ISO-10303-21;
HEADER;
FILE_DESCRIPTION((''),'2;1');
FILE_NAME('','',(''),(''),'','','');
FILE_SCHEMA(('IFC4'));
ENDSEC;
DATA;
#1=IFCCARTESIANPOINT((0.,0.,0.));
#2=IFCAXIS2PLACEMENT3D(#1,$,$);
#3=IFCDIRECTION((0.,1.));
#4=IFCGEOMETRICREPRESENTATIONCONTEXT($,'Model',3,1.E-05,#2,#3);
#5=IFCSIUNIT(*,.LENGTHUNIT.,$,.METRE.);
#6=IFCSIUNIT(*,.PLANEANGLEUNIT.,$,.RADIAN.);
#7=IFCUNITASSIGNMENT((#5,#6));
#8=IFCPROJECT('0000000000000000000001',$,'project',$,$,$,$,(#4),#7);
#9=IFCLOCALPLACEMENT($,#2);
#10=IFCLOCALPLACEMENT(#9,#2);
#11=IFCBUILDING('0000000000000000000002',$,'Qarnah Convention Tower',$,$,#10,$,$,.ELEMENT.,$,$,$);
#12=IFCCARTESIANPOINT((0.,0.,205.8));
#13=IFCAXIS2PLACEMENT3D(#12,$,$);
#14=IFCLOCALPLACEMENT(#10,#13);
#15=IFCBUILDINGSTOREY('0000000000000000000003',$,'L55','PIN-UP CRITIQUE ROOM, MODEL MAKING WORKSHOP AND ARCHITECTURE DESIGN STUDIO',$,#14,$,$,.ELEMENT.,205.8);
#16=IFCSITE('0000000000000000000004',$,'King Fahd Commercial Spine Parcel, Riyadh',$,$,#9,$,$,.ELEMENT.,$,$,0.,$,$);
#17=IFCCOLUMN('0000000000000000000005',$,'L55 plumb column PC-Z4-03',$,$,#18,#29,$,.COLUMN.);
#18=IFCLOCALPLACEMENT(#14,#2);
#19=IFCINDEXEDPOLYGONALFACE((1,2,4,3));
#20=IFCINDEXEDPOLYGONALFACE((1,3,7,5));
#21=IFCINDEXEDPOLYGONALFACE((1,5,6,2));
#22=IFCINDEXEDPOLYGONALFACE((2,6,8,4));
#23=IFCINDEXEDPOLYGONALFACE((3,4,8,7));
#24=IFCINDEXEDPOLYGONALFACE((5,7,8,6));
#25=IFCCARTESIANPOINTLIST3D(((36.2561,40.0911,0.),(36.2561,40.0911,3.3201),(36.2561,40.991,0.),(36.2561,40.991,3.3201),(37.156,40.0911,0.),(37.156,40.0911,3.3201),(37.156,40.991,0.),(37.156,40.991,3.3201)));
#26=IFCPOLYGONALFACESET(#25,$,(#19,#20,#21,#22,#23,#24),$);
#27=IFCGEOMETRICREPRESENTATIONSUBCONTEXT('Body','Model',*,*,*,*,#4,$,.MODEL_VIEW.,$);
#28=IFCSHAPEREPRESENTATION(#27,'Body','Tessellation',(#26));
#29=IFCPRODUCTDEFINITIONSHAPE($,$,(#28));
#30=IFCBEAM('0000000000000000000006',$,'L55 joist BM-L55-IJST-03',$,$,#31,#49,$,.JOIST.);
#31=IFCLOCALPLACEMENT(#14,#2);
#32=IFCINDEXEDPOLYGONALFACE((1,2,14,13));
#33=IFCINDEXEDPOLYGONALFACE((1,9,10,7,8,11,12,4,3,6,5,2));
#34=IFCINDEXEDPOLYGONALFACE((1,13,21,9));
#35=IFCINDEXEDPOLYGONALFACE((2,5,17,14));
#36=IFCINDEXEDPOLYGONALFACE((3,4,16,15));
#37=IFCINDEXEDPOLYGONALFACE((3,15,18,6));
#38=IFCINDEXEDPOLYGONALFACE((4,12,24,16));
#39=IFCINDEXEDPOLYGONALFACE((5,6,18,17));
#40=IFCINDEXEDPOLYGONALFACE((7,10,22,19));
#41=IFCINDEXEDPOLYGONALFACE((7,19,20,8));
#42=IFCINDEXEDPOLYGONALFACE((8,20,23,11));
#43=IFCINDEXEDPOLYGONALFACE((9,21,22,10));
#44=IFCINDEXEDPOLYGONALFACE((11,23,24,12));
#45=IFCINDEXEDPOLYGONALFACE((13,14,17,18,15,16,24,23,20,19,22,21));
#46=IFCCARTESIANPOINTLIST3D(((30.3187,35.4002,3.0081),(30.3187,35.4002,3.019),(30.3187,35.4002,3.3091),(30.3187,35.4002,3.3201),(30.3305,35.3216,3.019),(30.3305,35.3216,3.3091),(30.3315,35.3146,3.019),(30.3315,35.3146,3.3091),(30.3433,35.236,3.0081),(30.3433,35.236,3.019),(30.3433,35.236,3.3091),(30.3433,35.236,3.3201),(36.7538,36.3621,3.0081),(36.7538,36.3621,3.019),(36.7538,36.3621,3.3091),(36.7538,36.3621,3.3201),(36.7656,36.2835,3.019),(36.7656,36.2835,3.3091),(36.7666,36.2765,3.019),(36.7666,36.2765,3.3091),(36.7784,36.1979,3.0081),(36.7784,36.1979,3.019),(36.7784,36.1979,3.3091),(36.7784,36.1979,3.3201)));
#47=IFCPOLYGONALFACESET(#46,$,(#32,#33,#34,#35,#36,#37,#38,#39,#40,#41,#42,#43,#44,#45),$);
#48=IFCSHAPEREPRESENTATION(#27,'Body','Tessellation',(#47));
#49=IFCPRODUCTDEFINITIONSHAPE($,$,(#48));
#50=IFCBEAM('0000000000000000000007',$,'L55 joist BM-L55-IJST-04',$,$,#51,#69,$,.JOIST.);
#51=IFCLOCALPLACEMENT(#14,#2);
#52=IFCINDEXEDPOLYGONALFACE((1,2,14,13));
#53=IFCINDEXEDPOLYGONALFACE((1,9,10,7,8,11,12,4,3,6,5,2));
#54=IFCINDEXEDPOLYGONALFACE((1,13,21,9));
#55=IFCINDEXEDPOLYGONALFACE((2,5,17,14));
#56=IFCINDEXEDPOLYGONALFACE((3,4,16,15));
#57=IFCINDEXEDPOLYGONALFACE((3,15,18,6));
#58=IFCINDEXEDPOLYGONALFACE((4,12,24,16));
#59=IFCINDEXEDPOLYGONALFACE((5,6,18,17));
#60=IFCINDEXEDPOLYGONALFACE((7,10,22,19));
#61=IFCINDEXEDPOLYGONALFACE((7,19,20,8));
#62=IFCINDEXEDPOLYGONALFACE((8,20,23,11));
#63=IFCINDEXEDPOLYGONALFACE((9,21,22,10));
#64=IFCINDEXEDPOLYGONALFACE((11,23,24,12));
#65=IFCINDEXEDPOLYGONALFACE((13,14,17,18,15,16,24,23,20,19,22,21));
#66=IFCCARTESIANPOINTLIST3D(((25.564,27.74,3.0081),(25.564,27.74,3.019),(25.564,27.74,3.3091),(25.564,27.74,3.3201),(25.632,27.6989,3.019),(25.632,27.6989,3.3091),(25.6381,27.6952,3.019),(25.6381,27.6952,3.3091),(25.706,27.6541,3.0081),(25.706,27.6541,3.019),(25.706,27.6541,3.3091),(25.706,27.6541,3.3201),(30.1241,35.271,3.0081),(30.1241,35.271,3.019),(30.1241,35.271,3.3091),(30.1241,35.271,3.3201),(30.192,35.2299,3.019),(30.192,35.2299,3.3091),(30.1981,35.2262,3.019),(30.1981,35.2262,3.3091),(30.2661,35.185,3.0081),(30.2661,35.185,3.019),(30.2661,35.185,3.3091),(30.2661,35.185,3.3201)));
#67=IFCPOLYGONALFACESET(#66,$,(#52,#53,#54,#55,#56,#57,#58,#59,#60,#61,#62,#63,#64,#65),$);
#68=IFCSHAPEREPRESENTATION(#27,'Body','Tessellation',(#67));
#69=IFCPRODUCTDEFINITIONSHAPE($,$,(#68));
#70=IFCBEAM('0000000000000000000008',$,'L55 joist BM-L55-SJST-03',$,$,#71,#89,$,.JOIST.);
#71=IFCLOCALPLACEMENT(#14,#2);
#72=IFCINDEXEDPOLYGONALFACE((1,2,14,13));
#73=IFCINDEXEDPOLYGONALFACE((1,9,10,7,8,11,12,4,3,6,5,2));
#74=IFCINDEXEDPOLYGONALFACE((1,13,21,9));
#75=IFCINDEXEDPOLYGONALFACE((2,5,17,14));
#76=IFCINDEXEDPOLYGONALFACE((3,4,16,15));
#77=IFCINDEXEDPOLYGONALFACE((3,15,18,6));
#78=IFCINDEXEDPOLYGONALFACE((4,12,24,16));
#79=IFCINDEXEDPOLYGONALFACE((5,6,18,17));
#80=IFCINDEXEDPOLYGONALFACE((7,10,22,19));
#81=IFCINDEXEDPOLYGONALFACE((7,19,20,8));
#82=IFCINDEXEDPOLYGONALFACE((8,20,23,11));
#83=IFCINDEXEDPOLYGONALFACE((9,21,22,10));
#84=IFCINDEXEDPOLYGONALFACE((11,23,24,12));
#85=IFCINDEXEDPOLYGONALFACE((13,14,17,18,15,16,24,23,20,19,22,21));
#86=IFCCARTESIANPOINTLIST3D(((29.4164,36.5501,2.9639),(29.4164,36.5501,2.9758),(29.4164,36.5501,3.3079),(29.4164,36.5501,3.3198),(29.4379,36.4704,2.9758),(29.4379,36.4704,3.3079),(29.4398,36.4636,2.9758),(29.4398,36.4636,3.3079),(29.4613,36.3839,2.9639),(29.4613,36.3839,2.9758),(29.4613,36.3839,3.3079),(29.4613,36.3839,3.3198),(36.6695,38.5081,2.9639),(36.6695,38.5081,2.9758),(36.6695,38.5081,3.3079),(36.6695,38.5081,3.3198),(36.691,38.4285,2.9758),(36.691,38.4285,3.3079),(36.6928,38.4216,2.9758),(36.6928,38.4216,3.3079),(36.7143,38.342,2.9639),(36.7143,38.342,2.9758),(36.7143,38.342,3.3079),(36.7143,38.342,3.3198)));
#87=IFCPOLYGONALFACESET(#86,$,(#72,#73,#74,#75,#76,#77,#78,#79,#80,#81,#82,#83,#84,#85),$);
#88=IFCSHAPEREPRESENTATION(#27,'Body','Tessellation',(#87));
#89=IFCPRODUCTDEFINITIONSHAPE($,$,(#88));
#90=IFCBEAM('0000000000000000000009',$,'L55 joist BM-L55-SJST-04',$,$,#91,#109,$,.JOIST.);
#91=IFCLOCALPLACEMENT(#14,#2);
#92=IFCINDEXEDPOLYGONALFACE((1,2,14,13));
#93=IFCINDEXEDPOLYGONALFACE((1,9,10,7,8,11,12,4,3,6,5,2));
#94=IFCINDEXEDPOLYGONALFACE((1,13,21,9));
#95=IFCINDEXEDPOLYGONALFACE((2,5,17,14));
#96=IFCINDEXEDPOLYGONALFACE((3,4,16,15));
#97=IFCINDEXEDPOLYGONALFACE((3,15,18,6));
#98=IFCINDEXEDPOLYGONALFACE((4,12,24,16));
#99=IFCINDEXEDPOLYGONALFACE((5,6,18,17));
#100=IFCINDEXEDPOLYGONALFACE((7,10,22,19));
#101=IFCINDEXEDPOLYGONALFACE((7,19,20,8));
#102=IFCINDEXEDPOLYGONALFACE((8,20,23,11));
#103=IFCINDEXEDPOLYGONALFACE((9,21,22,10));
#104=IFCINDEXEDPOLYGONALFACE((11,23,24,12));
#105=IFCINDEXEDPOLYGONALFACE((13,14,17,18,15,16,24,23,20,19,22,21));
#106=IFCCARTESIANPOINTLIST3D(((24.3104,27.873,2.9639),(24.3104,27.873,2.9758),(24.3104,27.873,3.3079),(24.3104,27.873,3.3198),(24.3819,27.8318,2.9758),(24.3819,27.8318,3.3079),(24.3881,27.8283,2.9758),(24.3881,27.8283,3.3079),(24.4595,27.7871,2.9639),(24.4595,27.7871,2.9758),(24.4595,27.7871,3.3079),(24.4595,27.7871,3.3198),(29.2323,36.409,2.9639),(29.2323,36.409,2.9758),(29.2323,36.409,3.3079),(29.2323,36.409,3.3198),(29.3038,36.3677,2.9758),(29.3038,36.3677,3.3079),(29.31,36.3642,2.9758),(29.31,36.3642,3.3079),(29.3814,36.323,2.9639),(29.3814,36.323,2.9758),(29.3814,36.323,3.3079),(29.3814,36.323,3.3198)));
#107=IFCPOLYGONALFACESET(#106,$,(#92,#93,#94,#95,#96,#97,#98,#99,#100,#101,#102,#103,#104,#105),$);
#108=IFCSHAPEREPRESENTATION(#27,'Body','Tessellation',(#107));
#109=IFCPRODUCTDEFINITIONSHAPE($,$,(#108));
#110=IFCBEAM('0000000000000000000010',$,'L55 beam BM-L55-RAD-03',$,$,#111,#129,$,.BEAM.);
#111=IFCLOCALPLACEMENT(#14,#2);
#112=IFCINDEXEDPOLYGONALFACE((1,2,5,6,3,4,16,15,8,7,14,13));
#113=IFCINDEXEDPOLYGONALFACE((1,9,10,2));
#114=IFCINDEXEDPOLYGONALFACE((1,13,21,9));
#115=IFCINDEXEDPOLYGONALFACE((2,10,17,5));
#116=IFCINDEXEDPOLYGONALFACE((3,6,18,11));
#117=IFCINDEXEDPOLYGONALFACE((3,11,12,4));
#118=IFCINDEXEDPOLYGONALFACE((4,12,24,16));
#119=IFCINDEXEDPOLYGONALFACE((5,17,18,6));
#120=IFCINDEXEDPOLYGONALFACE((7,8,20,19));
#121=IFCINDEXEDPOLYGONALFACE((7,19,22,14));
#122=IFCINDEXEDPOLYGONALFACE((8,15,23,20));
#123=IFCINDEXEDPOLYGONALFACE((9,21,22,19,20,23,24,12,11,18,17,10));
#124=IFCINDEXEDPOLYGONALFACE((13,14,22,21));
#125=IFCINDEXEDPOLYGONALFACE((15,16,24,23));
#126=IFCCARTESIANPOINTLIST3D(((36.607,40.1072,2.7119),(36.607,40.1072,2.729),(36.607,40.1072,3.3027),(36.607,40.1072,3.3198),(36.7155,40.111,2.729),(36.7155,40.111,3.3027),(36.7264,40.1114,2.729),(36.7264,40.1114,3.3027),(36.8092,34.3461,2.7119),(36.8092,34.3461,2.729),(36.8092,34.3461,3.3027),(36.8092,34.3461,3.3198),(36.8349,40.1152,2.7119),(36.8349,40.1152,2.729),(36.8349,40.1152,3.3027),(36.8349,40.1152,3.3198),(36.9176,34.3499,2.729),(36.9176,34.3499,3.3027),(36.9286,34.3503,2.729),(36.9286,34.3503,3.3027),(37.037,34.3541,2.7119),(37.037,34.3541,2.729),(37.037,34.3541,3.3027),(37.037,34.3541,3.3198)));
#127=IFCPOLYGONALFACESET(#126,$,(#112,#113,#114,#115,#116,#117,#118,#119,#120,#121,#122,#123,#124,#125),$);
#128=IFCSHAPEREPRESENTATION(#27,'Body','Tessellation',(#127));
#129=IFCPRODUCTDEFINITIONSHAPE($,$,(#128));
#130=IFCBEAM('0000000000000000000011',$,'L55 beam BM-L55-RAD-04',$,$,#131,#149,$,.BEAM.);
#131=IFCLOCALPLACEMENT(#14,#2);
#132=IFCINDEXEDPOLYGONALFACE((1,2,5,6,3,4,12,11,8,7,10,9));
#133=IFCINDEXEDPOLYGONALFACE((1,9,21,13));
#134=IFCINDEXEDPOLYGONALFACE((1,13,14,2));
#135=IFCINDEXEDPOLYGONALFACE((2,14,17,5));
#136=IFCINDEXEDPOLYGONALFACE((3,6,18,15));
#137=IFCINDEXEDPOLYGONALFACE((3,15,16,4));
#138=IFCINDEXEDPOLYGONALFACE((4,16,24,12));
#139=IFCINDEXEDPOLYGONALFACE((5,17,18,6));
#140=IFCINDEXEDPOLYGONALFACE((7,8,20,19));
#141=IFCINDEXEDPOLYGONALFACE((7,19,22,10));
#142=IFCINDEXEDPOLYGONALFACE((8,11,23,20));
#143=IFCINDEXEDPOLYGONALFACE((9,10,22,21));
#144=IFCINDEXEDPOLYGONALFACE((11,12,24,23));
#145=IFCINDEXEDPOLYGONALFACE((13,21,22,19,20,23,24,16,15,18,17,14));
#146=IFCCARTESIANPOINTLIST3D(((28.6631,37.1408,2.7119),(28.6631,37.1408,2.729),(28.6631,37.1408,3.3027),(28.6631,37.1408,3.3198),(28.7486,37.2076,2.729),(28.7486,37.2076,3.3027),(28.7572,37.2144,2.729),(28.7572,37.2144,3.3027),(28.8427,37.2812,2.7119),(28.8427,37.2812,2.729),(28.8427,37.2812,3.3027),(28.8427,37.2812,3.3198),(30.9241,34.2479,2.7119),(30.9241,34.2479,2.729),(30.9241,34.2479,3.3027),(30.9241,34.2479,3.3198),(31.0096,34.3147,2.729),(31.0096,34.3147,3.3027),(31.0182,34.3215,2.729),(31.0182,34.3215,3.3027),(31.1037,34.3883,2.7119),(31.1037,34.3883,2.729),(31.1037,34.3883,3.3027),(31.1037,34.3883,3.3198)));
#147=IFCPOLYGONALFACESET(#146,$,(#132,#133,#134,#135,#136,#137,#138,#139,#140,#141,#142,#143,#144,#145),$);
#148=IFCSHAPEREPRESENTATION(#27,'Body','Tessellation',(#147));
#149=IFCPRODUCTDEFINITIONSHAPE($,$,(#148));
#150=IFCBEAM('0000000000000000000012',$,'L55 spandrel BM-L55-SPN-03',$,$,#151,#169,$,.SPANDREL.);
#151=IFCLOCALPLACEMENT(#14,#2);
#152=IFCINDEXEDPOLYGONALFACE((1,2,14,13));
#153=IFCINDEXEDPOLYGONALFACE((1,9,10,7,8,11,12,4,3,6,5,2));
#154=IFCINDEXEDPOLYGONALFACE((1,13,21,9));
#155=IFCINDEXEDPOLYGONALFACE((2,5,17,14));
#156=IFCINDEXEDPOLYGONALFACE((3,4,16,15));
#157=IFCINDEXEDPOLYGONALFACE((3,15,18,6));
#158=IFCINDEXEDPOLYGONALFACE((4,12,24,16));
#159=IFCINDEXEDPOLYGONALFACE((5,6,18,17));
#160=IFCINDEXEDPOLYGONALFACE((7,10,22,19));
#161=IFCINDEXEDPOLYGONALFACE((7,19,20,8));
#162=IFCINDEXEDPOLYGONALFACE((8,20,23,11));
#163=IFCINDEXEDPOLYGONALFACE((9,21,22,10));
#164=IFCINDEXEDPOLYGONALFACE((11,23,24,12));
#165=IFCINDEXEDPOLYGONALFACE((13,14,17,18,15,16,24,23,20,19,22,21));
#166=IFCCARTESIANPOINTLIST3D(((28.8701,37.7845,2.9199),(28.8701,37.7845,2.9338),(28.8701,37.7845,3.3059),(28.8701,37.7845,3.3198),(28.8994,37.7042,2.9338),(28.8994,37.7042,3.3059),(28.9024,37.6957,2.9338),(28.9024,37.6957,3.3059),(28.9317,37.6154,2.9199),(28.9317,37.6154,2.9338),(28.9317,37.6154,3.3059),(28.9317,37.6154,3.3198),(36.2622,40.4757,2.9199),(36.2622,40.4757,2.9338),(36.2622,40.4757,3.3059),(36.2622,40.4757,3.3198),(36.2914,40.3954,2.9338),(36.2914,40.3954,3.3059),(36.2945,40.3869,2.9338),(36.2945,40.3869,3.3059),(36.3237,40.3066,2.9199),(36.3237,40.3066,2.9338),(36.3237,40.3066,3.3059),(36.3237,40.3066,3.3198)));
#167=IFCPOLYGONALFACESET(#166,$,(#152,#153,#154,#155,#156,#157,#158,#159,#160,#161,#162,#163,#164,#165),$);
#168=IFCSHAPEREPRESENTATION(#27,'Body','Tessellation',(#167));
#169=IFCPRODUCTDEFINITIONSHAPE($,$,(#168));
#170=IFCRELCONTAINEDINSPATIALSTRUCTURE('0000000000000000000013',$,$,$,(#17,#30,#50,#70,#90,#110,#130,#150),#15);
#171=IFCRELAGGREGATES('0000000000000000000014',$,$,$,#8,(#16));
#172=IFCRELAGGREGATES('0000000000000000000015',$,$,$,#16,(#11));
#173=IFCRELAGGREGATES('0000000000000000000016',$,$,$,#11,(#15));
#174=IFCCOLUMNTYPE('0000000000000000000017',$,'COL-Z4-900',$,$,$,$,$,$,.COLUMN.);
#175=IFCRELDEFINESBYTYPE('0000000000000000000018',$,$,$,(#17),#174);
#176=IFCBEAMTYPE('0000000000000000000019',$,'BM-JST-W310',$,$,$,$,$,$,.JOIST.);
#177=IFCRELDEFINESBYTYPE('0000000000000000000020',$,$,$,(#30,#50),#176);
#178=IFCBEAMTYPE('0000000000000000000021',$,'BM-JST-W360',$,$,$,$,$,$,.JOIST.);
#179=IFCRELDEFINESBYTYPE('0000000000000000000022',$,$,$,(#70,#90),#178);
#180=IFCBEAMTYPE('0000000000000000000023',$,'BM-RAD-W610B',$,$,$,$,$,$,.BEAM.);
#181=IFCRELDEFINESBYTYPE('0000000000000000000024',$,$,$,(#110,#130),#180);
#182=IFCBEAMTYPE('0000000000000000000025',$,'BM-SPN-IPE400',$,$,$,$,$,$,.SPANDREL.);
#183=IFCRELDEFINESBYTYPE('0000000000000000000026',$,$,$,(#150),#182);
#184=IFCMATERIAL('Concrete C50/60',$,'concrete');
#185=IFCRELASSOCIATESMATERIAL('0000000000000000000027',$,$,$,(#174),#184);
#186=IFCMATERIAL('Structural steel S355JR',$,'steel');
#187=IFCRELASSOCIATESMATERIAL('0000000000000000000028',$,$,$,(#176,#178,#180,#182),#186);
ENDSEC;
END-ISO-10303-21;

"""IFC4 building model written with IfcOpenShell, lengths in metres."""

from ifc_helpers import new_model, si_unit, direction, frame, origin, origin_2d, place, context, subcontext, project, spatial, rectangle, i_section, extrude, material, material_profile, profile_set, type_object, element, save


model = new_model("IFC4")

# Units and contexts
model_context = context("Model", 3, precision=1e-05, world=origin(), true_north=direction((0.0, 1.0)))
body_context = subcontext(model_context, "Body", "Model", "MODEL_VIEW")
ifc_project = project(units=[si_unit("LENGTHUNIT", "METRE"), si_unit("PLANEANGLEUNIT", "RADIAN")], contexts=[model_context])

# Site, building, storey
site_placement = place(None, origin())
site = spatial("IfcSite", under=ifc_project, at=site_placement, Name="King Fahd Commercial Spine Parcel, Riyadh", CompositionType="ELEMENT", RefElevation=0.0)
building_placement = place(site_placement, origin())
building = spatial("IfcBuilding", under=site, at=building_placement, Name="Qarnah Convention Tower", CompositionType="ELEMENT")
storey_placement = place(building_placement, frame((0.0, 0.0, 205.8)))
storey = spatial("IfcBuildingStorey", under=building, at=storey_placement, Name="L55", Description="PIN-UP CRITIQUE ROOM, MODEL MAKING WORKSHOP AND ARCHITECTURE DESIGN STUDIO", CompositionType="ELEMENT", Elevation=205.8)

# Column
ifc_material_1 = material(Name="Concrete C50/60", Category="concrete")
ifc_material_profile_1 = material_profile(ifc_material_1, rectangle(XDim=0.8999, YDim=0.8999, at=origin_2d()), Name="RC-COL-900X900")
ifc_profile_set_1 = profile_set([ifc_material_profile_1], Name="Concrete C50/60")
column_type = type_object("IfcColumnType", Name="COL-Z4-900", PredefinedType="COLUMN", material=ifc_profile_set_1)
column_placement = place(storey_placement, frame((36.7061, 40.541, 0.0), z_axis=(0.0, 0.0, 1.0), x_axis=(1.0, 0.0, 0.0)))
element("IfcColumn", 1, at=column_placement, inside=storey, type_object=column_type, Name="L55 plumb column PC-Z4-03", PredefinedType="COLUMN", context=body_context, shape_type="SweptSolid", body=[
    extrude(rectangle(XDim=0.8999, YDim=0.8999, at=origin_2d()), origin(), (0.0, 0.0, 1.0), 3.3201),
])

# Beams
ifc_material_2 = material(Name="Structural steel S355JR", Category="steel")
ifc_material_profile_2 = material_profile(ifc_material_2, i_section(OverallWidth=0.166, OverallDepth=0.312, WebThickness=0.0071, FlangeThickness=0.011, at=origin_2d()), Name="W310X45")
ifc_profile_set_2 = profile_set([ifc_material_profile_2], Name="Structural steel S355JR")
beam_type_1 = type_object("IfcBeamType", Name="BM-JST-W310", PredefinedType="JOIST", material=ifc_profile_set_2)
beam_1_placement = place(storey_placement, frame((36.7661, 36.28, 3.1641), z_axis=(-0.989012, -0.147838, 0.0), x_axis=(0.147838, -0.989012, 0.0)))
element("IfcBeam", 2, at=beam_1_placement, inside=storey, type_object=beam_type_1, Name="L55 joist BM-L55-IJST-03", PredefinedType="JOIST", context=body_context, shape_type="SweptSolid", body=[
    extrude(i_section(OverallWidth=0.166, OverallDepth=0.312, WebThickness=0.0071, FlangeThickness=0.011, at=origin_2d()), origin(), (0.0, 0.0, 1.0), 6.5066),
])
beam_2_placement = place(storey_placement, frame((30.1951, 35.228, 3.1641), z_axis=(-0.517954, -0.855409, 0.0), x_axis=(0.855409, -0.517954, 0.0)))
element("IfcBeam", 3, at=beam_2_placement, inside=storey, type_object=beam_type_1, Name="L55 joist BM-L55-IJST-04", PredefinedType="JOIST", context=body_context, shape_type="SweptSolid", body=[
    extrude(i_section(OverallWidth=0.166, OverallDepth=0.312, WebThickness=0.0071, FlangeThickness=0.011, at=origin_2d()), origin(), (0.0, 0.0, 1.0), 8.804),
])
ifc_material_profile_3 = material_profile(ifc_material_2, i_section(OverallWidth=0.1721, OverallDepth=0.356, WebThickness=0.0071, FlangeThickness=0.012, at=origin_2d()), Name="W360X51")
ifc_profile_set_3 = profile_set([ifc_material_profile_3], Name="Structural steel S355JR")
beam_type_2 = type_object("IfcBeamType", Name="BM-JST-W360", PredefinedType="JOIST", material=ifc_profile_set_3)
beam_3_placement = place(storey_placement, frame((36.6919, 38.425, 3.1418), z_axis=(-0.965439, -0.260631, 0.0), x_axis=(0.260631, -0.965439, 0.0)))
element("IfcBeam", 4, at=beam_3_placement, inside=storey, type_object=beam_type_2, Name="L55 joist BM-L55-SJST-03", PredefinedType="JOIST", context=body_context, shape_type="SweptSolid", body=[
    extrude(i_section(OverallWidth=0.1721, OverallDepth=0.356, WebThickness=0.0071, FlangeThickness=0.012, at=origin_2d()), origin(), (0.0, 0.0, 1.0), 7.5127),
])
beam_4_placement = place(storey_placement, frame((29.3069, 36.366, 3.1418), z_axis=(-0.499519, -0.866303, 0.0), x_axis=(0.866303, -0.499519, 0.0)))
element("IfcBeam", 5, at=beam_4_placement, inside=storey, type_object=beam_type_2, Name="L55 joist BM-L55-SJST-04", PredefinedType="JOIST", context=body_context, shape_type="SweptSolid", body=[
    extrude(i_section(OverallWidth=0.1721, OverallDepth=0.356, WebThickness=0.0071, FlangeThickness=0.012, at=origin_2d()), origin(), (0.0, 0.0, 1.0), 9.8533),
])
ifc_material_profile_4 = material_profile(ifc_material_2, i_section(OverallWidth=0.228, OverallDepth=0.6079, WebThickness=0.011, FlangeThickness=0.0171, at=origin_2d()), Name="W610X113")
ifc_profile_set_4 = profile_set([ifc_material_profile_4], Name="Structural steel S355JR")
beam_type_3 = type_object("IfcBeamType", Name="BM-RAD-W610B", PredefinedType="BEAM", material=ifc_profile_set_4)
beam_5_placement = place(storey_placement, frame((36.9231, 34.3501, 3.0159), z_axis=(-0.035068, 0.999385, 0.0), x_axis=(-0.999385, -0.035068, 0.0)))
element("IfcBeam", 6, at=beam_5_placement, inside=storey, type_object=beam_type_3, Name="L55 beam BM-L55-RAD-03", PredefinedType="BEAM", context=body_context, shape_type="SweptSolid", body=[
    extrude(i_section(OverallWidth=0.228, OverallDepth=0.6079, WebThickness=0.011, FlangeThickness=0.0171, at=origin_2d()), origin(), (0.0, 0.0, 1.0), 5.7646),
])
beam_6_placement = place(storey_placement, frame((31.0139, 34.3181, 3.0159), z_axis=(-0.615808, 0.787896, 0.0), x_axis=(-0.787896, -0.615808, 0.0)))
element("IfcBeam", 7, at=beam_6_placement, inside=storey, type_object=beam_type_3, Name="L55 beam BM-L55-RAD-04", PredefinedType="BEAM", context=body_context, shape_type="SweptSolid", body=[
    extrude(i_section(OverallWidth=0.228, OverallDepth=0.6079, WebThickness=0.011, FlangeThickness=0.0171, at=origin_2d()), origin(), (0.0, 0.0, 1.0), 3.6716),
])
ifc_material_profile_5 = material_profile(ifc_material_2, i_section(OverallWidth=0.1799, OverallDepth=0.3999, WebThickness=0.009, FlangeThickness=0.0139, at=origin_2d()), Name="IPE400")
ifc_profile_set_5 = profile_set([ifc_material_profile_5], Name="Structural steel S355JR")
beam_type_4 = type_object("IfcBeamType", Name="BM-SPN-IPE400", PredefinedType="SPANDREL", material=ifc_profile_set_5)
beam_7_placement = place(storey_placement, frame((36.293, 40.3911, 3.1199), z_axis=(-0.939666, -0.342094, 0.0), x_axis=(0.342094, -0.939666, 0.0)))
element("IfcBeam", 8, at=beam_7_placement, inside=storey, type_object=beam_type_4, Name="L55 spandrel BM-L55-SPN-03", PredefinedType="SPANDREL", context=body_context, shape_type="SweptSolid", body=[
    extrude(i_section(OverallWidth=0.1799, OverallDepth=0.3999, WebThickness=0.009, FlangeThickness=0.0139, at=origin_2d()), origin(), (0.0, 0.0, 1.0), 7.8667),
])

save(model, "model.ifc")
